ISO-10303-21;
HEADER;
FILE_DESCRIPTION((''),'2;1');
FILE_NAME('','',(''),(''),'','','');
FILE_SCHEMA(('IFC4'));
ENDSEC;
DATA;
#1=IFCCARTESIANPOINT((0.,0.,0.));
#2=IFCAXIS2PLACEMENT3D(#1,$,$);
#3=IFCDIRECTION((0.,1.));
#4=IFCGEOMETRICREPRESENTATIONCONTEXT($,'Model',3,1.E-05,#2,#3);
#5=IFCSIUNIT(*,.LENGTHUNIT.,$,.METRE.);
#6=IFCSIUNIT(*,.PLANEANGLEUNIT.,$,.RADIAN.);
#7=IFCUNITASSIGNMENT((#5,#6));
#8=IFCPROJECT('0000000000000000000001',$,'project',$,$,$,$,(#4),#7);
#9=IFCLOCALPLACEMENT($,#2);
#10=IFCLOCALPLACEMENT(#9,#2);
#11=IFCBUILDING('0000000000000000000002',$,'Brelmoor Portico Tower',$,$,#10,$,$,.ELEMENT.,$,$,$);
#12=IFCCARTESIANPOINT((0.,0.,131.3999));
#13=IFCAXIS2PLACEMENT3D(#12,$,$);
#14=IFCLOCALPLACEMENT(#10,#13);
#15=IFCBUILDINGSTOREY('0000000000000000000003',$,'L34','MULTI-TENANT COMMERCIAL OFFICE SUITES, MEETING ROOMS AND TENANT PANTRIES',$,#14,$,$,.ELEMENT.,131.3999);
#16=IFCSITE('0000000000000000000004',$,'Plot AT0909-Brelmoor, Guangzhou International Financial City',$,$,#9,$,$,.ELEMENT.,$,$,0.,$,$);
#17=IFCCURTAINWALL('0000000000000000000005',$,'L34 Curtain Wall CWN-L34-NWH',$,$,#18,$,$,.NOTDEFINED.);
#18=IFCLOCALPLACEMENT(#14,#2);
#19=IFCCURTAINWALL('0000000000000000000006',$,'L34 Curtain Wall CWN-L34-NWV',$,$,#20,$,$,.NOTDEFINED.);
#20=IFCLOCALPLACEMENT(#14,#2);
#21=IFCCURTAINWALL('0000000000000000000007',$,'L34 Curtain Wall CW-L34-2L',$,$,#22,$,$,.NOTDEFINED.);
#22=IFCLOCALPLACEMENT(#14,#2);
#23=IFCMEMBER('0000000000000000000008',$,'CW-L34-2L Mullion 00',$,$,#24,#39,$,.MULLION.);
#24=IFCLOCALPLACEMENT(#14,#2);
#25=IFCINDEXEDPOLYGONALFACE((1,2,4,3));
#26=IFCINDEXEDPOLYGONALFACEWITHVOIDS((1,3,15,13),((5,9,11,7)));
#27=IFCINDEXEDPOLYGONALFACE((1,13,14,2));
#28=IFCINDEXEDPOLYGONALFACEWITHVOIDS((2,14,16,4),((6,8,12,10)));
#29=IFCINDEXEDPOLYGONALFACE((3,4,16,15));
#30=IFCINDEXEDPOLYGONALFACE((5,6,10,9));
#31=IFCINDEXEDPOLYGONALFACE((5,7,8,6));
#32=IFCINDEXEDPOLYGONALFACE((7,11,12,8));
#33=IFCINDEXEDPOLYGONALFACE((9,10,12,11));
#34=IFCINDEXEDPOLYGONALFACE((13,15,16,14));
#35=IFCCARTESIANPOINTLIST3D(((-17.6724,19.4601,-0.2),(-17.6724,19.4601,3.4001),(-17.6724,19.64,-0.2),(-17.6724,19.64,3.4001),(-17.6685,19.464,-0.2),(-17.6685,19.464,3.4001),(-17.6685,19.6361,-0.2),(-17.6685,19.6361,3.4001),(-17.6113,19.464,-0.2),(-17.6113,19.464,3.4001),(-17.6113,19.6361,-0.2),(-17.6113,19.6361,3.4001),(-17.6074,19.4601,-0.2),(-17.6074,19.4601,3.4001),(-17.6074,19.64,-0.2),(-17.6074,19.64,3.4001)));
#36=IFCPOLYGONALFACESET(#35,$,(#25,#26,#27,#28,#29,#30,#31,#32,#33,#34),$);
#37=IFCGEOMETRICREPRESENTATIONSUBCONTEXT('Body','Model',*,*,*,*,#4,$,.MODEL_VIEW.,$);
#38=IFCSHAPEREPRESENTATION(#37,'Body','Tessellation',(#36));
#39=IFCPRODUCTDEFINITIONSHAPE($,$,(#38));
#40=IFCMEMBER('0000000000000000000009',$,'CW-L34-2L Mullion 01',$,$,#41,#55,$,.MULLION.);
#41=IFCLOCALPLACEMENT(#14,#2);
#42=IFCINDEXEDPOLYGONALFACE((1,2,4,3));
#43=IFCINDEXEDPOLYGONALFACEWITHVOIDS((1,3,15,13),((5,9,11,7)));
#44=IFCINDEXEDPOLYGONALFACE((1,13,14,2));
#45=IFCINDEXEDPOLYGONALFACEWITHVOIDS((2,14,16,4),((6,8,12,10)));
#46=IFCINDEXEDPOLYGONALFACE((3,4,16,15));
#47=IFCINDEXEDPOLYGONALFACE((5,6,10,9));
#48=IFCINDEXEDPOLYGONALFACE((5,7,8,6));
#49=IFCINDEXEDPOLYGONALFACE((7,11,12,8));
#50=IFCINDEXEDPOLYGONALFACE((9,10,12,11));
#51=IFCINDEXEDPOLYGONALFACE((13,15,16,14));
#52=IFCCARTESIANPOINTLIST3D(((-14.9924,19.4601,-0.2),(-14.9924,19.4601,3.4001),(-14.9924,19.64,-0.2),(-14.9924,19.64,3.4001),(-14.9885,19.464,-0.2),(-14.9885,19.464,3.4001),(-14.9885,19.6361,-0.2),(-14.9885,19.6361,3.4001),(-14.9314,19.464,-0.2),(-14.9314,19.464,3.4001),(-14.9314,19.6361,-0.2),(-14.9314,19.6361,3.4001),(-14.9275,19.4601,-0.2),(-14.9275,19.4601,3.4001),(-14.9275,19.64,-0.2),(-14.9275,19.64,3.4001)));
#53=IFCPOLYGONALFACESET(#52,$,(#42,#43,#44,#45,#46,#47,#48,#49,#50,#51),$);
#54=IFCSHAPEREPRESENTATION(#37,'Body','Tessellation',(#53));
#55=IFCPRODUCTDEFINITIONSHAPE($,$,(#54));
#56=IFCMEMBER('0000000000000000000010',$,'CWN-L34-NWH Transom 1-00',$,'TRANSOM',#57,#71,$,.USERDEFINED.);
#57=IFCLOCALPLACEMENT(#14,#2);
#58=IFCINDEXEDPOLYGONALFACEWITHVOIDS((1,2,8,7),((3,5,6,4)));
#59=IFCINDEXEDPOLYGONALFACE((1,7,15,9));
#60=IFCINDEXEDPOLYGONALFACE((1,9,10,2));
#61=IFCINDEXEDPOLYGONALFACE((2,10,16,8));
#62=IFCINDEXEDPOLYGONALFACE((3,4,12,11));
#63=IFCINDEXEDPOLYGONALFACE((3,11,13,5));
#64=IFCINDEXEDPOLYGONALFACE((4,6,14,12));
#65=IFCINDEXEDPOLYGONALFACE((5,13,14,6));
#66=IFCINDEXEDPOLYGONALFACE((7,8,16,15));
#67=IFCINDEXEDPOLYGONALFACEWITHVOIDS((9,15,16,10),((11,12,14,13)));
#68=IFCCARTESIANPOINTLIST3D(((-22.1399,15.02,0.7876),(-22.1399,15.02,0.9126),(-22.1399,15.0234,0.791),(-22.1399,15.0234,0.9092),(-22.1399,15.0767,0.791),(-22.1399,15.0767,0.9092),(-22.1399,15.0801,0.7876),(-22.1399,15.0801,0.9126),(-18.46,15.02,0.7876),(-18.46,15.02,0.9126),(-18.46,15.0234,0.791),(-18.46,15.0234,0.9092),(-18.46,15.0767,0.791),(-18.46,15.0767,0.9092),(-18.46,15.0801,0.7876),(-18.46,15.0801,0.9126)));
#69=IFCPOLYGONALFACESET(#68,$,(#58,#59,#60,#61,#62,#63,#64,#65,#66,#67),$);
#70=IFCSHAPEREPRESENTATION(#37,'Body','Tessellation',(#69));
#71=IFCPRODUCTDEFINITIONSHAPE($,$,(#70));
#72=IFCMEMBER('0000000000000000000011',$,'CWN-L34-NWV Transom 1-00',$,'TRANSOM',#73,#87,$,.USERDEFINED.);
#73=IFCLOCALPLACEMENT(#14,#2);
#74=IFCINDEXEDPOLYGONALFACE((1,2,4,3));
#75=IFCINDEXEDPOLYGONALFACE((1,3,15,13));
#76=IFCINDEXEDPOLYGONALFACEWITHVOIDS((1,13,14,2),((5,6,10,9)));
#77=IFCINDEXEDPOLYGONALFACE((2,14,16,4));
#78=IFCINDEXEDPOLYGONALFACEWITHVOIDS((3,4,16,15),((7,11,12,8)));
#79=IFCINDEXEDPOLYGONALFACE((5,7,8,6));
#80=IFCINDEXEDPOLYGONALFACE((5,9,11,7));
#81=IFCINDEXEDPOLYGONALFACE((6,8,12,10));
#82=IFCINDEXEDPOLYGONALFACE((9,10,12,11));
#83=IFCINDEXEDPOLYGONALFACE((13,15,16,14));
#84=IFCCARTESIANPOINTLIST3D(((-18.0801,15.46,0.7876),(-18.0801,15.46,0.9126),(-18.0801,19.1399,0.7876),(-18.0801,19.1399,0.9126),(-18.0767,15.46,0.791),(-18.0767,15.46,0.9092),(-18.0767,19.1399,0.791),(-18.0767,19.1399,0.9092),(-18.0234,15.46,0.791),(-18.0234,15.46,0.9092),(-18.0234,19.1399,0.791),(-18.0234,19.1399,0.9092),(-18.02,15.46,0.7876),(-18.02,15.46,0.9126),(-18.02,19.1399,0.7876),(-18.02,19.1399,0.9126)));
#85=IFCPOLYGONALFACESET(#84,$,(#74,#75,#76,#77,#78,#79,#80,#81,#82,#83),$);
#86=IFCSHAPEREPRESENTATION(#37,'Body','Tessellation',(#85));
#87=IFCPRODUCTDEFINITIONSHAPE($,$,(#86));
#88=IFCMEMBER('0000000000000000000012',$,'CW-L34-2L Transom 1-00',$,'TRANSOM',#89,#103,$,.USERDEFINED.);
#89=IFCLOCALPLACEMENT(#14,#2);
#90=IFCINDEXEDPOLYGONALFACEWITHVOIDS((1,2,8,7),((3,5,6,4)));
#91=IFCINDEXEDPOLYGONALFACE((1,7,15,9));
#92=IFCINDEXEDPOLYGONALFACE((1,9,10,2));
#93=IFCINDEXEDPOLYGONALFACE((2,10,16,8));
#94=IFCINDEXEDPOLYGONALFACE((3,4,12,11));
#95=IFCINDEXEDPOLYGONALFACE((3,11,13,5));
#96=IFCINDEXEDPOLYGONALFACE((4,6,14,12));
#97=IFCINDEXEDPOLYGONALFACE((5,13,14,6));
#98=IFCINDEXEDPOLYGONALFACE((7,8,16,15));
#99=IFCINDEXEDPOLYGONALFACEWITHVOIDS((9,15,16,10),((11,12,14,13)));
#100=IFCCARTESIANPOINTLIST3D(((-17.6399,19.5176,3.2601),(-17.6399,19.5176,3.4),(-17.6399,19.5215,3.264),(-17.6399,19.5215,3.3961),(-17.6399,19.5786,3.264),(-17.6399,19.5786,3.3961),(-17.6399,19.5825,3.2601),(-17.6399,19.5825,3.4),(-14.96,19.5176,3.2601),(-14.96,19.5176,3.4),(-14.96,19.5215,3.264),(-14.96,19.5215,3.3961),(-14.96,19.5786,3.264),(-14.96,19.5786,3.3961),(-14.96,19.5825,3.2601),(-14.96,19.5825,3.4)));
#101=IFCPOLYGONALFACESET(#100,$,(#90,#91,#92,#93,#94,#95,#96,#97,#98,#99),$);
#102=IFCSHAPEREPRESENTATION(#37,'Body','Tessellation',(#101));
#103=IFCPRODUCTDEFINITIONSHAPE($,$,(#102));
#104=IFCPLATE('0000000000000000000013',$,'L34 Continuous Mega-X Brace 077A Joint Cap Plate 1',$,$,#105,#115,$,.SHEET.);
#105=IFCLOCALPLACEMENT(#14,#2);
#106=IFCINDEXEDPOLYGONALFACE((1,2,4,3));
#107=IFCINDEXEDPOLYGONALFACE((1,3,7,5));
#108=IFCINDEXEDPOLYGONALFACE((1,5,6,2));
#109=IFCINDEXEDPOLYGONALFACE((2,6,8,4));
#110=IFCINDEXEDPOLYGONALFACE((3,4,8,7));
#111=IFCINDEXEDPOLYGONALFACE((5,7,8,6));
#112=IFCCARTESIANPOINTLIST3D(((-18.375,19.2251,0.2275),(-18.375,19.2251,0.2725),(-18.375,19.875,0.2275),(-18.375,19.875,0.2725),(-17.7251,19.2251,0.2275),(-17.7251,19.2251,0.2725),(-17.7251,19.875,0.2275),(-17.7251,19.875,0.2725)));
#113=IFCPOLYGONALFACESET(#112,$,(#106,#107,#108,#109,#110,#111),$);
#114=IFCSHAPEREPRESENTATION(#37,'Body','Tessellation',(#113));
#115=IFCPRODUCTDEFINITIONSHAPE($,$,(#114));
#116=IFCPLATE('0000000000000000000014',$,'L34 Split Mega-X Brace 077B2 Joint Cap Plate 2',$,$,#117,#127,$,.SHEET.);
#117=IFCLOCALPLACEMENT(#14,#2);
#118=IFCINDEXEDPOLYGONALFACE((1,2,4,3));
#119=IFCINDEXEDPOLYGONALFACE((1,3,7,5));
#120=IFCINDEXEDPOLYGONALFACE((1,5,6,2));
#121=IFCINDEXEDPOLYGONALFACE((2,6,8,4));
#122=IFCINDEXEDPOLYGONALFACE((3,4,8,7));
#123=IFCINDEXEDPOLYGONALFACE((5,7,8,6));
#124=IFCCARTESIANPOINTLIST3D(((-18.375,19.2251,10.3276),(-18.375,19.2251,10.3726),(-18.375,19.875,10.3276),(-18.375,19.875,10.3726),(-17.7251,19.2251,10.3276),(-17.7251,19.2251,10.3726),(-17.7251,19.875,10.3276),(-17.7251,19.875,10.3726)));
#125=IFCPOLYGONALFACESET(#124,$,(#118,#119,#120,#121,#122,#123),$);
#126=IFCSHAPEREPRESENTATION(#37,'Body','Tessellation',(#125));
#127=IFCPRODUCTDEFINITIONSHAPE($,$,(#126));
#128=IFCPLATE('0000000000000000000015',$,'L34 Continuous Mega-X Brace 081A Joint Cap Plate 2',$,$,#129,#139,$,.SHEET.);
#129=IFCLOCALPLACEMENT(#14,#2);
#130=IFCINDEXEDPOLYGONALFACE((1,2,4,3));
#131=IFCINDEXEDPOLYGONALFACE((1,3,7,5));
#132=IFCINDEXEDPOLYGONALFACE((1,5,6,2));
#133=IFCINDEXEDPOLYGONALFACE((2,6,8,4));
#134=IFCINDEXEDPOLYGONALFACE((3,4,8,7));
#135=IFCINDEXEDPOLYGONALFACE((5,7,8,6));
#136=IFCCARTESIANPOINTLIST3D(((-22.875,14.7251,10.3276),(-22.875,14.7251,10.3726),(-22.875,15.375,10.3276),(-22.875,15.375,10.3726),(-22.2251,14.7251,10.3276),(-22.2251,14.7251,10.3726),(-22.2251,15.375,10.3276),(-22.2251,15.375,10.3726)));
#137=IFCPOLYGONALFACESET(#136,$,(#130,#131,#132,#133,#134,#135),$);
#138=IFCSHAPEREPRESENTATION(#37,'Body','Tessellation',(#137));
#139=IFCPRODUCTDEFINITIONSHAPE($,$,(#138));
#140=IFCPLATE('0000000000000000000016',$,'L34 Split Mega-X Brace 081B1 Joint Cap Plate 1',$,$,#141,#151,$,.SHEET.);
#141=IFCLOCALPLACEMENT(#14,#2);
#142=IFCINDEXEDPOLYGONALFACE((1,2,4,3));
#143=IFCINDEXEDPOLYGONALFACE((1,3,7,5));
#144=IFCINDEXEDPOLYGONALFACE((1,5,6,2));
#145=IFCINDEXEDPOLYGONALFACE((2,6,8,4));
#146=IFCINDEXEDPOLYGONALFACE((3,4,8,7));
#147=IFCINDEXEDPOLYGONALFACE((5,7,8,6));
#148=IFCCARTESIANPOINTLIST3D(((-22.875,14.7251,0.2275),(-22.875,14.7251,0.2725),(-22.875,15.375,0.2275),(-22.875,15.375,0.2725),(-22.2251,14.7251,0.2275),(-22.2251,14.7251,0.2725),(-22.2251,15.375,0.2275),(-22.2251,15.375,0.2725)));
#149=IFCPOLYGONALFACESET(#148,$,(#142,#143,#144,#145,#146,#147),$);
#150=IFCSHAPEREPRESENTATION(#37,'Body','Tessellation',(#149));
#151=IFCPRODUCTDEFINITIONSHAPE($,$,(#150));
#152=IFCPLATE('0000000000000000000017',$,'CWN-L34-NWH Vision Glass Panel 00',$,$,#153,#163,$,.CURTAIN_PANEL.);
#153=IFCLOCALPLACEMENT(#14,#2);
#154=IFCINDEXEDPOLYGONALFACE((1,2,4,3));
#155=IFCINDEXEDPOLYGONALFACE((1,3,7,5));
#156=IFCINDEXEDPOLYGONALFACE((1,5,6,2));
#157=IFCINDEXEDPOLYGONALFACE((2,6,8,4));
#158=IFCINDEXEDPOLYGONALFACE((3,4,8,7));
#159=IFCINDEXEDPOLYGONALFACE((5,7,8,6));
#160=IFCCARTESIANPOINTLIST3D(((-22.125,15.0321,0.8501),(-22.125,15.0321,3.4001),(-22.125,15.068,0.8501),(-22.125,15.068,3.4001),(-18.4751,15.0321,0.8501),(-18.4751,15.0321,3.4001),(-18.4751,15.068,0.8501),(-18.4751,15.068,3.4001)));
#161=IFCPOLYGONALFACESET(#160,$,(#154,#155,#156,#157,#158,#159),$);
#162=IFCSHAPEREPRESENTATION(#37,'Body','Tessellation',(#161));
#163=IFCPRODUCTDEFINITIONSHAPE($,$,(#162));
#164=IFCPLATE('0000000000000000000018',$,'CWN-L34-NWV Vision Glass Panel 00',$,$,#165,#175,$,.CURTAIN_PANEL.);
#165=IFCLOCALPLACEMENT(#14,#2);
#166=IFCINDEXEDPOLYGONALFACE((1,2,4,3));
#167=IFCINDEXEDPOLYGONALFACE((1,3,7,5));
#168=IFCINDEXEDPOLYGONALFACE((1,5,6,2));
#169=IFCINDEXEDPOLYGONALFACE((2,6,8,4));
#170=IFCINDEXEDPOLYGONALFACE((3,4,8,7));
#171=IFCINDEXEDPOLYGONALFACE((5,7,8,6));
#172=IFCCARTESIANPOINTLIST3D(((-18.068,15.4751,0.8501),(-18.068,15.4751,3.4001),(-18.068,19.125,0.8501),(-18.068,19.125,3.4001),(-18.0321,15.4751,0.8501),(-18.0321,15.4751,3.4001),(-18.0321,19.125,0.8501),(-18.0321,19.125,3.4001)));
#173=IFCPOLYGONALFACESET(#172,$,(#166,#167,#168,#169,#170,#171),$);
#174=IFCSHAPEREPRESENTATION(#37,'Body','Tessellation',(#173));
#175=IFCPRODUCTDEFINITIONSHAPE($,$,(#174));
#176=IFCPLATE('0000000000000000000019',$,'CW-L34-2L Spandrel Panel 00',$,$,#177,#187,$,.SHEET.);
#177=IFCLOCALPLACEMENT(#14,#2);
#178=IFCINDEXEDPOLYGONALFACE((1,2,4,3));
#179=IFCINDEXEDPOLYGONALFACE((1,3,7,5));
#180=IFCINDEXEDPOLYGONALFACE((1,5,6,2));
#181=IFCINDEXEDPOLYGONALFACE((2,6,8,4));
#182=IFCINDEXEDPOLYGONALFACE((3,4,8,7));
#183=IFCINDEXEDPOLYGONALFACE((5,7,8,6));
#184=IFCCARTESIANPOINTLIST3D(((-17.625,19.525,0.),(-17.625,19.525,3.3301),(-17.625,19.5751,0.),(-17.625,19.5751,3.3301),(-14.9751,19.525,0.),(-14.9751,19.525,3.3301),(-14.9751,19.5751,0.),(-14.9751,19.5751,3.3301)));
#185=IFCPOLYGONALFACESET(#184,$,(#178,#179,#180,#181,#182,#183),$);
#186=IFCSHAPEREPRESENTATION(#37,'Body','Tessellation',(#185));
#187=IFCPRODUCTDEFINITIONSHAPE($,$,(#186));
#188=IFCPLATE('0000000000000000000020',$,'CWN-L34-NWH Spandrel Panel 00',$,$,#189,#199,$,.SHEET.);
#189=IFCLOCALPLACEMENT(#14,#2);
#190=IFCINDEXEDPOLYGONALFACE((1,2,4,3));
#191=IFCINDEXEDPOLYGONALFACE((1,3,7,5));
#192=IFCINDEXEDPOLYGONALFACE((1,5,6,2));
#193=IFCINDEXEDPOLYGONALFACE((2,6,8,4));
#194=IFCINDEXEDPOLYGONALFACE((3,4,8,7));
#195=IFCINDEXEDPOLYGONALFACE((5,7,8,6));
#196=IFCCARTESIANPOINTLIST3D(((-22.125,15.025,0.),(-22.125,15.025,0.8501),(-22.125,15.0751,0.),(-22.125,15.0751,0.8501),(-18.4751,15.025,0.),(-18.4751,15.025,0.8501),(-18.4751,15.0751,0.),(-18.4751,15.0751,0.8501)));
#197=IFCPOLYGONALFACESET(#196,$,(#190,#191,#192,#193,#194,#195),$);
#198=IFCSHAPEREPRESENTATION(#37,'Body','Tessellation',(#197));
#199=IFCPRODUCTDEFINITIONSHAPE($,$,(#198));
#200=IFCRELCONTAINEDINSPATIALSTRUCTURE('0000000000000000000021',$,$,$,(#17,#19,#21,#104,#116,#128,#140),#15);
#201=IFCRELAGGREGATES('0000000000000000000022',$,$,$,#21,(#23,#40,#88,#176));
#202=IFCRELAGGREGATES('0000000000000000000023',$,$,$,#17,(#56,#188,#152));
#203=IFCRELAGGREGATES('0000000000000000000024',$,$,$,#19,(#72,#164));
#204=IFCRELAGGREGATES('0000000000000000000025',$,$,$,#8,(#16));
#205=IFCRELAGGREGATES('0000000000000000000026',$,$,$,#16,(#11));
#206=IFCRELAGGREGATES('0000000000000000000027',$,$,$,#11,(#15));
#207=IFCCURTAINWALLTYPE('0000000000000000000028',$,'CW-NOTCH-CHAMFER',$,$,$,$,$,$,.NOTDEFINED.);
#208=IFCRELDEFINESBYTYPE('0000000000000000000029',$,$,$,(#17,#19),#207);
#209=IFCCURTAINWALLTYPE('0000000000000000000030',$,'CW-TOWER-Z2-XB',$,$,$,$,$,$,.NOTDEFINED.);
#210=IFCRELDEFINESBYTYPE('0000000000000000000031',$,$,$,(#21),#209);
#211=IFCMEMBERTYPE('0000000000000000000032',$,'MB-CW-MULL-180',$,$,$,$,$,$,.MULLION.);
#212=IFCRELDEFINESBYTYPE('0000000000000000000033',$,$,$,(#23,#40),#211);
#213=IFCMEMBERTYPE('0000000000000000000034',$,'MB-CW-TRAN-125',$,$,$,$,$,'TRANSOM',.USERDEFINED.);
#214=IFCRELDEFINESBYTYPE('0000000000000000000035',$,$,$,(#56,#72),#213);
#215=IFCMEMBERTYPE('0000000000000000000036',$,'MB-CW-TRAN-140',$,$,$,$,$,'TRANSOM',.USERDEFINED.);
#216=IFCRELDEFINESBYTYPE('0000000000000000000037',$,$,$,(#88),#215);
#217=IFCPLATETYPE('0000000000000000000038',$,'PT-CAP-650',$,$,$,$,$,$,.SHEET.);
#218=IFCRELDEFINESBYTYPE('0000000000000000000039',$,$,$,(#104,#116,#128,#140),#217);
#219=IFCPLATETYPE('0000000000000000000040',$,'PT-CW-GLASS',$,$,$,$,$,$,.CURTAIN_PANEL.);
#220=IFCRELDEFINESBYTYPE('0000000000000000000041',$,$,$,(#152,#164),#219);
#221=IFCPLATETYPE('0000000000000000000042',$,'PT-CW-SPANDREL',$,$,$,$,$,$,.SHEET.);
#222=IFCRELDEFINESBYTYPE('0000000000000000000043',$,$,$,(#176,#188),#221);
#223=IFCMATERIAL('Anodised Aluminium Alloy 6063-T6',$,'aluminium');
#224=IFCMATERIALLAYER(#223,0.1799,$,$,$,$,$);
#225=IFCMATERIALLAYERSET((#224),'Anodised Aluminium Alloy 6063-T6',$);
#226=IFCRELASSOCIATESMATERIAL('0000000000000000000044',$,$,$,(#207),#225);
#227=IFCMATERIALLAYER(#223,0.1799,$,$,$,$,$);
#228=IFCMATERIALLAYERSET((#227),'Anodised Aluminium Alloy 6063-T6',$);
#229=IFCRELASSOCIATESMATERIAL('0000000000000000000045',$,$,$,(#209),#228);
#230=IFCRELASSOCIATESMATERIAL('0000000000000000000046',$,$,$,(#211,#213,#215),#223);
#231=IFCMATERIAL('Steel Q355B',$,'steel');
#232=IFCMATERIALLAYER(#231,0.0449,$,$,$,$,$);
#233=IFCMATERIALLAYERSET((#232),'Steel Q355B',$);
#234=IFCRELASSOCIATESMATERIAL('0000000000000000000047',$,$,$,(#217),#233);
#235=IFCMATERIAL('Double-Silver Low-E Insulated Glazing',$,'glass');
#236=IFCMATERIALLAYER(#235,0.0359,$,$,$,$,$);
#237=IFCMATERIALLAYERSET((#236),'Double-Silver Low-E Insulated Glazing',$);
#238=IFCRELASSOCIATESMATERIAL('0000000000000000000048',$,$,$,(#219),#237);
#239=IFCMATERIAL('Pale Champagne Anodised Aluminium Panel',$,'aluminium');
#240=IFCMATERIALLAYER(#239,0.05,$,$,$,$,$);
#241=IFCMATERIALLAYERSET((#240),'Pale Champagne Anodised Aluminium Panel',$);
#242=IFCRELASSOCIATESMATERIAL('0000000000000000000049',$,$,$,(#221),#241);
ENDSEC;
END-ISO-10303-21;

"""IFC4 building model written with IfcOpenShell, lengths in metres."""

from ifc_helpers import new_model, si_unit, direction, frame, origin, origin_2d, place, context, subcontext, project, spatial, rectangle, hollow_rectangle, extrude, material, layer, layer_set, material_profile, profile_set, type_object, element, aggregate, save


model = new_model("IFC4")

# Units and contexts
model_context = context("Model", 3, precision=1e-05, world=origin(), true_north=direction((0.0, 1.0)))
body_context = subcontext(model_context, "Body", "Model", "MODEL_VIEW")
ifc_project = project(units=[si_unit("LENGTHUNIT", "METRE"), si_unit("PLANEANGLEUNIT", "RADIAN")], contexts=[model_context])

# Site, building, storey
site_placement = place(None, origin())
site = spatial("IfcSite", under=ifc_project, at=site_placement, Name="Plot AT0909-Brelmoor, Guangzhou International Financial City", CompositionType="ELEMENT", RefElevation=0.0)
building_placement = place(site_placement, origin())
building = spatial("IfcBuilding", under=site, at=building_placement, Name="Brelmoor Portico Tower", CompositionType="ELEMENT")
storey_placement = place(building_placement, frame((0.0, 0.0, 131.3999)))
storey = spatial("IfcBuildingStorey", under=building, at=storey_placement, Name="L34", Description="MULTI-TENANT COMMERCIAL OFFICE SUITES, MEETING ROOMS AND TENANT PANTRIES", CompositionType="ELEMENT", Elevation=131.3999)

# Shared definitions
ifc_material_1 = material(Name="Steel Q355B", Category="steel")

# Curtain walls, members
ifc_material_2 = material(Name="Anodised Aluminium Alloy 6063-T6", Category="aluminium")
ifc_layer_1 = layer(ifc_material_2, 0.1799)
ifc_layer_set_1 = layer_set([ifc_layer_1], Name="Anodised Aluminium Alloy 6063-T6")
curtain_wall_type_1 = type_object("IfcCurtainWallType", Name="CW-NOTCH-CHAMFER", PredefinedType="NOTDEFINED", material=ifc_layer_set_1)
curtain_wall_1_placement = place(storey_placement, origin())
curtain_wall_1 = element("IfcCurtainWall", 1, at=curtain_wall_1_placement, inside=storey, type_object=curtain_wall_type_1, Name="L34 Curtain Wall CWN-L34-NWH", PredefinedType="NOTDEFINED")
curtain_wall_2_placement = place(storey_placement, origin())
curtain_wall_2 = element("IfcCurtainWall", 2, at=curtain_wall_2_placement, inside=storey, type_object=curtain_wall_type_1, Name="L34 Curtain Wall CWN-L34-NWV", PredefinedType="NOTDEFINED")
ifc_layer_2 = layer(ifc_material_2, 0.1799)
ifc_layer_set_2 = layer_set([ifc_layer_2], Name="Anodised Aluminium Alloy 6063-T6")
curtain_wall_type_2 = type_object("IfcCurtainWallType", Name="CW-TOWER-Z2-XB", PredefinedType="NOTDEFINED", material=ifc_layer_set_2)
curtain_wall_3_placement = place(storey_placement, origin())
curtain_wall_3 = element("IfcCurtainWall", 3, at=curtain_wall_3_placement, inside=storey, type_object=curtain_wall_type_2, Name="L34 Curtain Wall CW-L34-2L", PredefinedType="NOTDEFINED")
ifc_material_profile_1 = material_profile(ifc_material_2, hollow_rectangle(XDim=0.0649, YDim=0.1799, WallThickness=0.0039, at=origin_2d()), Name="ALU MULLION 65x180")
ifc_profile_set_1 = profile_set([ifc_material_profile_1], Name="Anodised Aluminium Alloy 6063-T6")
member_type_1 = type_object("IfcMemberType", Name="MB-CW-MULL-180", PredefinedType="MULLION", material=ifc_profile_set_1)
member_1_placement = place(storey_placement, frame((-17.6399, 19.55, -0.2), z_axis=(0.0, 0.0, 1.0), x_axis=(1.0, 0.0, 0.0)))
member_1 = element("IfcMember", 4, at=member_1_placement, type_object=member_type_1, Name="CW-L34-2L Mullion 00", PredefinedType="MULLION", context=body_context, shape_type="SweptSolid", body=[
    extrude(hollow_rectangle(XDim=0.0649, YDim=0.1799, WallThickness=0.0039, at=origin_2d()), origin(), (0.0, 0.0, 1.0), 3.6001),
])
member_2_placement = place(storey_placement, frame((-14.96, 19.55, -0.2), z_axis=(0.0, 0.0, 1.0), x_axis=(1.0, 0.0, 0.0)))
member_2 = element("IfcMember", 5, at=member_2_placement, type_object=member_type_1, Name="CW-L34-2L Mullion 01", PredefinedType="MULLION", context=body_context, shape_type="SweptSolid", body=[
    extrude(hollow_rectangle(XDim=0.0649, YDim=0.1799, WallThickness=0.0039, at=origin_2d()), origin(), (0.0, 0.0, 1.0), 3.6001),
])

# Members
ifc_material_profile_2 = material_profile(ifc_material_2, hollow_rectangle(XDim=0.0601, YDim=0.125, WallThickness=0.0034, at=origin_2d()), Name="ALU TRANSOM 60x125")
ifc_profile_set_2 = profile_set([ifc_material_profile_2], Name="Anodised Aluminium Alloy 6063-T6")
member_type_2 = type_object("IfcMemberType", Name="MB-CW-TRAN-125", ElementType="TRANSOM", PredefinedType="USERDEFINED", material=ifc_profile_set_2)
member_3_placement = place(storey_placement, frame((-22.1399, 15.05, 0.8501), z_axis=(1.0, 0.0, 0.0), x_axis=(0.0, 1.0, 0.0)))
member_3 = element("IfcMember", 6, at=member_3_placement, type_object=member_type_2, Name="CWN-L34-NWH Transom 1-00", ObjectType="TRANSOM", PredefinedType="USERDEFINED", context=body_context, shape_type="SweptSolid", body=[
    extrude(hollow_rectangle(XDim=0.0601, YDim=0.125, WallThickness=0.0034, at=origin_2d()), origin(), (0.0, 0.0, 1.0), 3.6799),
])
member_4_placement = place(storey_placement, frame((-18.05, 15.46, 0.8501), z_axis=(0.0, 1.0, 0.0), x_axis=(-1.0, 0.0, 0.0)))
member_4 = element("IfcMember", 7, at=member_4_placement, type_object=member_type_2, Name="CWN-L34-NWV Transom 1-00", ObjectType="TRANSOM", PredefinedType="USERDEFINED", context=body_context, shape_type="SweptSolid", body=[
    extrude(hollow_rectangle(XDim=0.0601, YDim=0.125, WallThickness=0.0034, at=origin_2d()), origin(), (0.0, 0.0, 1.0), 3.6799),
])
ifc_material_profile_3 = material_profile(ifc_material_2, hollow_rectangle(XDim=0.0649, YDim=0.1399, WallThickness=0.0039, at=origin_2d()), Name="ALU TRANSOM 65x140")
ifc_profile_set_3 = profile_set([ifc_material_profile_3], Name="Anodised Aluminium Alloy 6063-T6")
member_type_3 = type_object("IfcMemberType", Name="MB-CW-TRAN-140", ElementType="TRANSOM", PredefinedType="USERDEFINED", material=ifc_profile_set_3)
member_5_placement = place(storey_placement, frame((-17.6399, 19.55, 3.3301), z_axis=(1.0, 0.0, 0.0), x_axis=(0.0, 1.0, 0.0)))
member_5 = element("IfcMember", 8, at=member_5_placement, type_object=member_type_3, Name="CW-L34-2L Transom 1-00", ObjectType="TRANSOM", PredefinedType="USERDEFINED", context=body_context, shape_type="SweptSolid", body=[
    extrude(hollow_rectangle(XDim=0.0649, YDim=0.1399, WallThickness=0.0039, at=origin_2d()), origin(), (0.0, 0.0, 1.0), 2.6799),
])

# Plates
ifc_layer_3 = layer(ifc_material_1, 0.0449)
ifc_layer_set_3 = layer_set([ifc_layer_3], Name="Steel Q355B")
plate_type_1 = type_object("IfcPlateType", Name="PT-CAP-650", PredefinedType="SHEET", material=ifc_layer_set_3)
for number, where, z_axis, x_axis, name in (
    (9, (-18.05, 19.55, 0.2275), (0.0, 0.0, 1.0), (1.0, 0.0, 0.0), "L34 Continuous Mega-X Brace 077A Joint Cap Plate 1"),
    (10, (-18.05, 19.55, 10.3276), (0.0, 0.0, 1.0), (1.0, 0.0, 0.0), "L34 Split Mega-X Brace 077B2 Joint Cap Plate 2"),
    (11, (-22.55, 15.05, 10.3276), (0.0, 0.0, 1.0), (1.0, 0.0, 0.0), "L34 Continuous Mega-X Brace 081A Joint Cap Plate 2"),
    (12, (-22.55, 15.05, 0.2275), (0.0, 0.0, 1.0), (1.0, 0.0, 0.0), "L34 Split Mega-X Brace 081B1 Joint Cap Plate 1"),
):
    element("IfcPlate", number, at=place(storey_placement, frame(where, z_axis=z_axis, x_axis=x_axis)), inside=storey, type_object=plate_type_1, Name=name, PredefinedType="SHEET", context=body_context, shape_type="SweptSolid", body=[
        extrude(rectangle(XDim=0.6499, YDim=0.6499, at=origin_2d()), origin(), (0.0, 0.0, 1.0), 0.0449),
    ])

# Plates
ifc_material_3 = material(Name="Double-Silver Low-E Insulated Glazing", Category="glass")
ifc_layer_4 = layer(ifc_material_3, 0.0359)
ifc_layer_set_4 = layer_set([ifc_layer_4], Name="Double-Silver Low-E Insulated Glazing")
plate_type_2 = type_object("IfcPlateType", Name="PT-CW-GLASS", PredefinedType="CURTAIN_PANEL", material=ifc_layer_set_4)
plate_1_placement = place(storey_placement, frame((-20.3, 15.05, 0.8501), z_axis=(0.0, 0.0, 1.0), x_axis=(1.0, 0.0, 0.0)))
plate_1 = element("IfcPlate", 13, at=plate_1_placement, type_object=plate_type_2, Name="CWN-L34-NWH Vision Glass Panel 00", PredefinedType="CURTAIN_PANEL", context=body_context, shape_type="SweptSolid", body=[
    extrude(rectangle(XDim=3.6499, YDim=0.0359, at=origin_2d()), origin(), (0.0, 0.0, 1.0), 2.55),
])
plate_2_placement = place(storey_placement, frame((-18.05, 17.3, 0.8501), z_axis=(0.0, 0.0, 1.0), x_axis=(0.0, 1.0, 0.0)))
plate_2 = element("IfcPlate", 14, at=plate_2_placement, type_object=plate_type_2, Name="CWN-L34-NWV Vision Glass Panel 00", PredefinedType="CURTAIN_PANEL", context=body_context, shape_type="SweptSolid", body=[
    extrude(rectangle(XDim=3.6499, YDim=0.0359, at=origin_2d()), origin(), (0.0, 0.0, 1.0), 2.55),
])
ifc_material_4 = material(Name="Pale Champagne Anodised Aluminium Panel", Category="aluminium")
ifc_layer_5 = layer(ifc_material_4, 0.05)
ifc_layer_set_5 = layer_set([ifc_layer_5], Name="Pale Champagne Anodised Aluminium Panel")
plate_type_3 = type_object("IfcPlateType", Name="PT-CW-SPANDREL", PredefinedType="SHEET", material=ifc_layer_set_5)
plate_3_placement = place(storey_placement, frame((-16.3, 19.55, 0.0), z_axis=(0.0, 0.0, 1.0), x_axis=(1.0, 0.0, 0.0)))
plate_3 = element("IfcPlate", 15, at=plate_3_placement, type_object=plate_type_3, Name="CW-L34-2L Spandrel Panel 00", PredefinedType="SHEET", context=body_context, shape_type="SweptSolid", body=[
    extrude(rectangle(XDim=2.6499, YDim=0.05, at=origin_2d()), origin(), (0.0, 0.0, 1.0), 3.3301),
])
aggregate(curtain_wall_3, [member_1, member_2, member_5, plate_3])
plate_4_placement = place(storey_placement, frame((-20.3, 15.05, 0.0), z_axis=(0.0, 0.0, 1.0), x_axis=(1.0, 0.0, 0.0)))
plate_4 = element("IfcPlate", 16, at=plate_4_placement, type_object=plate_type_3, Name="CWN-L34-NWH Spandrel Panel 00", PredefinedType="SHEET", context=body_context, shape_type="SweptSolid", body=[
    extrude(rectangle(XDim=3.6499, YDim=0.05, at=origin_2d()), origin(), (0.0, 0.0, 1.0), 0.8501),
])
aggregate(curtain_wall_1, [member_3, plate_4, plate_1])
aggregate(curtain_wall_2, [member_4, plate_2])

save(model, "model.ifc")
